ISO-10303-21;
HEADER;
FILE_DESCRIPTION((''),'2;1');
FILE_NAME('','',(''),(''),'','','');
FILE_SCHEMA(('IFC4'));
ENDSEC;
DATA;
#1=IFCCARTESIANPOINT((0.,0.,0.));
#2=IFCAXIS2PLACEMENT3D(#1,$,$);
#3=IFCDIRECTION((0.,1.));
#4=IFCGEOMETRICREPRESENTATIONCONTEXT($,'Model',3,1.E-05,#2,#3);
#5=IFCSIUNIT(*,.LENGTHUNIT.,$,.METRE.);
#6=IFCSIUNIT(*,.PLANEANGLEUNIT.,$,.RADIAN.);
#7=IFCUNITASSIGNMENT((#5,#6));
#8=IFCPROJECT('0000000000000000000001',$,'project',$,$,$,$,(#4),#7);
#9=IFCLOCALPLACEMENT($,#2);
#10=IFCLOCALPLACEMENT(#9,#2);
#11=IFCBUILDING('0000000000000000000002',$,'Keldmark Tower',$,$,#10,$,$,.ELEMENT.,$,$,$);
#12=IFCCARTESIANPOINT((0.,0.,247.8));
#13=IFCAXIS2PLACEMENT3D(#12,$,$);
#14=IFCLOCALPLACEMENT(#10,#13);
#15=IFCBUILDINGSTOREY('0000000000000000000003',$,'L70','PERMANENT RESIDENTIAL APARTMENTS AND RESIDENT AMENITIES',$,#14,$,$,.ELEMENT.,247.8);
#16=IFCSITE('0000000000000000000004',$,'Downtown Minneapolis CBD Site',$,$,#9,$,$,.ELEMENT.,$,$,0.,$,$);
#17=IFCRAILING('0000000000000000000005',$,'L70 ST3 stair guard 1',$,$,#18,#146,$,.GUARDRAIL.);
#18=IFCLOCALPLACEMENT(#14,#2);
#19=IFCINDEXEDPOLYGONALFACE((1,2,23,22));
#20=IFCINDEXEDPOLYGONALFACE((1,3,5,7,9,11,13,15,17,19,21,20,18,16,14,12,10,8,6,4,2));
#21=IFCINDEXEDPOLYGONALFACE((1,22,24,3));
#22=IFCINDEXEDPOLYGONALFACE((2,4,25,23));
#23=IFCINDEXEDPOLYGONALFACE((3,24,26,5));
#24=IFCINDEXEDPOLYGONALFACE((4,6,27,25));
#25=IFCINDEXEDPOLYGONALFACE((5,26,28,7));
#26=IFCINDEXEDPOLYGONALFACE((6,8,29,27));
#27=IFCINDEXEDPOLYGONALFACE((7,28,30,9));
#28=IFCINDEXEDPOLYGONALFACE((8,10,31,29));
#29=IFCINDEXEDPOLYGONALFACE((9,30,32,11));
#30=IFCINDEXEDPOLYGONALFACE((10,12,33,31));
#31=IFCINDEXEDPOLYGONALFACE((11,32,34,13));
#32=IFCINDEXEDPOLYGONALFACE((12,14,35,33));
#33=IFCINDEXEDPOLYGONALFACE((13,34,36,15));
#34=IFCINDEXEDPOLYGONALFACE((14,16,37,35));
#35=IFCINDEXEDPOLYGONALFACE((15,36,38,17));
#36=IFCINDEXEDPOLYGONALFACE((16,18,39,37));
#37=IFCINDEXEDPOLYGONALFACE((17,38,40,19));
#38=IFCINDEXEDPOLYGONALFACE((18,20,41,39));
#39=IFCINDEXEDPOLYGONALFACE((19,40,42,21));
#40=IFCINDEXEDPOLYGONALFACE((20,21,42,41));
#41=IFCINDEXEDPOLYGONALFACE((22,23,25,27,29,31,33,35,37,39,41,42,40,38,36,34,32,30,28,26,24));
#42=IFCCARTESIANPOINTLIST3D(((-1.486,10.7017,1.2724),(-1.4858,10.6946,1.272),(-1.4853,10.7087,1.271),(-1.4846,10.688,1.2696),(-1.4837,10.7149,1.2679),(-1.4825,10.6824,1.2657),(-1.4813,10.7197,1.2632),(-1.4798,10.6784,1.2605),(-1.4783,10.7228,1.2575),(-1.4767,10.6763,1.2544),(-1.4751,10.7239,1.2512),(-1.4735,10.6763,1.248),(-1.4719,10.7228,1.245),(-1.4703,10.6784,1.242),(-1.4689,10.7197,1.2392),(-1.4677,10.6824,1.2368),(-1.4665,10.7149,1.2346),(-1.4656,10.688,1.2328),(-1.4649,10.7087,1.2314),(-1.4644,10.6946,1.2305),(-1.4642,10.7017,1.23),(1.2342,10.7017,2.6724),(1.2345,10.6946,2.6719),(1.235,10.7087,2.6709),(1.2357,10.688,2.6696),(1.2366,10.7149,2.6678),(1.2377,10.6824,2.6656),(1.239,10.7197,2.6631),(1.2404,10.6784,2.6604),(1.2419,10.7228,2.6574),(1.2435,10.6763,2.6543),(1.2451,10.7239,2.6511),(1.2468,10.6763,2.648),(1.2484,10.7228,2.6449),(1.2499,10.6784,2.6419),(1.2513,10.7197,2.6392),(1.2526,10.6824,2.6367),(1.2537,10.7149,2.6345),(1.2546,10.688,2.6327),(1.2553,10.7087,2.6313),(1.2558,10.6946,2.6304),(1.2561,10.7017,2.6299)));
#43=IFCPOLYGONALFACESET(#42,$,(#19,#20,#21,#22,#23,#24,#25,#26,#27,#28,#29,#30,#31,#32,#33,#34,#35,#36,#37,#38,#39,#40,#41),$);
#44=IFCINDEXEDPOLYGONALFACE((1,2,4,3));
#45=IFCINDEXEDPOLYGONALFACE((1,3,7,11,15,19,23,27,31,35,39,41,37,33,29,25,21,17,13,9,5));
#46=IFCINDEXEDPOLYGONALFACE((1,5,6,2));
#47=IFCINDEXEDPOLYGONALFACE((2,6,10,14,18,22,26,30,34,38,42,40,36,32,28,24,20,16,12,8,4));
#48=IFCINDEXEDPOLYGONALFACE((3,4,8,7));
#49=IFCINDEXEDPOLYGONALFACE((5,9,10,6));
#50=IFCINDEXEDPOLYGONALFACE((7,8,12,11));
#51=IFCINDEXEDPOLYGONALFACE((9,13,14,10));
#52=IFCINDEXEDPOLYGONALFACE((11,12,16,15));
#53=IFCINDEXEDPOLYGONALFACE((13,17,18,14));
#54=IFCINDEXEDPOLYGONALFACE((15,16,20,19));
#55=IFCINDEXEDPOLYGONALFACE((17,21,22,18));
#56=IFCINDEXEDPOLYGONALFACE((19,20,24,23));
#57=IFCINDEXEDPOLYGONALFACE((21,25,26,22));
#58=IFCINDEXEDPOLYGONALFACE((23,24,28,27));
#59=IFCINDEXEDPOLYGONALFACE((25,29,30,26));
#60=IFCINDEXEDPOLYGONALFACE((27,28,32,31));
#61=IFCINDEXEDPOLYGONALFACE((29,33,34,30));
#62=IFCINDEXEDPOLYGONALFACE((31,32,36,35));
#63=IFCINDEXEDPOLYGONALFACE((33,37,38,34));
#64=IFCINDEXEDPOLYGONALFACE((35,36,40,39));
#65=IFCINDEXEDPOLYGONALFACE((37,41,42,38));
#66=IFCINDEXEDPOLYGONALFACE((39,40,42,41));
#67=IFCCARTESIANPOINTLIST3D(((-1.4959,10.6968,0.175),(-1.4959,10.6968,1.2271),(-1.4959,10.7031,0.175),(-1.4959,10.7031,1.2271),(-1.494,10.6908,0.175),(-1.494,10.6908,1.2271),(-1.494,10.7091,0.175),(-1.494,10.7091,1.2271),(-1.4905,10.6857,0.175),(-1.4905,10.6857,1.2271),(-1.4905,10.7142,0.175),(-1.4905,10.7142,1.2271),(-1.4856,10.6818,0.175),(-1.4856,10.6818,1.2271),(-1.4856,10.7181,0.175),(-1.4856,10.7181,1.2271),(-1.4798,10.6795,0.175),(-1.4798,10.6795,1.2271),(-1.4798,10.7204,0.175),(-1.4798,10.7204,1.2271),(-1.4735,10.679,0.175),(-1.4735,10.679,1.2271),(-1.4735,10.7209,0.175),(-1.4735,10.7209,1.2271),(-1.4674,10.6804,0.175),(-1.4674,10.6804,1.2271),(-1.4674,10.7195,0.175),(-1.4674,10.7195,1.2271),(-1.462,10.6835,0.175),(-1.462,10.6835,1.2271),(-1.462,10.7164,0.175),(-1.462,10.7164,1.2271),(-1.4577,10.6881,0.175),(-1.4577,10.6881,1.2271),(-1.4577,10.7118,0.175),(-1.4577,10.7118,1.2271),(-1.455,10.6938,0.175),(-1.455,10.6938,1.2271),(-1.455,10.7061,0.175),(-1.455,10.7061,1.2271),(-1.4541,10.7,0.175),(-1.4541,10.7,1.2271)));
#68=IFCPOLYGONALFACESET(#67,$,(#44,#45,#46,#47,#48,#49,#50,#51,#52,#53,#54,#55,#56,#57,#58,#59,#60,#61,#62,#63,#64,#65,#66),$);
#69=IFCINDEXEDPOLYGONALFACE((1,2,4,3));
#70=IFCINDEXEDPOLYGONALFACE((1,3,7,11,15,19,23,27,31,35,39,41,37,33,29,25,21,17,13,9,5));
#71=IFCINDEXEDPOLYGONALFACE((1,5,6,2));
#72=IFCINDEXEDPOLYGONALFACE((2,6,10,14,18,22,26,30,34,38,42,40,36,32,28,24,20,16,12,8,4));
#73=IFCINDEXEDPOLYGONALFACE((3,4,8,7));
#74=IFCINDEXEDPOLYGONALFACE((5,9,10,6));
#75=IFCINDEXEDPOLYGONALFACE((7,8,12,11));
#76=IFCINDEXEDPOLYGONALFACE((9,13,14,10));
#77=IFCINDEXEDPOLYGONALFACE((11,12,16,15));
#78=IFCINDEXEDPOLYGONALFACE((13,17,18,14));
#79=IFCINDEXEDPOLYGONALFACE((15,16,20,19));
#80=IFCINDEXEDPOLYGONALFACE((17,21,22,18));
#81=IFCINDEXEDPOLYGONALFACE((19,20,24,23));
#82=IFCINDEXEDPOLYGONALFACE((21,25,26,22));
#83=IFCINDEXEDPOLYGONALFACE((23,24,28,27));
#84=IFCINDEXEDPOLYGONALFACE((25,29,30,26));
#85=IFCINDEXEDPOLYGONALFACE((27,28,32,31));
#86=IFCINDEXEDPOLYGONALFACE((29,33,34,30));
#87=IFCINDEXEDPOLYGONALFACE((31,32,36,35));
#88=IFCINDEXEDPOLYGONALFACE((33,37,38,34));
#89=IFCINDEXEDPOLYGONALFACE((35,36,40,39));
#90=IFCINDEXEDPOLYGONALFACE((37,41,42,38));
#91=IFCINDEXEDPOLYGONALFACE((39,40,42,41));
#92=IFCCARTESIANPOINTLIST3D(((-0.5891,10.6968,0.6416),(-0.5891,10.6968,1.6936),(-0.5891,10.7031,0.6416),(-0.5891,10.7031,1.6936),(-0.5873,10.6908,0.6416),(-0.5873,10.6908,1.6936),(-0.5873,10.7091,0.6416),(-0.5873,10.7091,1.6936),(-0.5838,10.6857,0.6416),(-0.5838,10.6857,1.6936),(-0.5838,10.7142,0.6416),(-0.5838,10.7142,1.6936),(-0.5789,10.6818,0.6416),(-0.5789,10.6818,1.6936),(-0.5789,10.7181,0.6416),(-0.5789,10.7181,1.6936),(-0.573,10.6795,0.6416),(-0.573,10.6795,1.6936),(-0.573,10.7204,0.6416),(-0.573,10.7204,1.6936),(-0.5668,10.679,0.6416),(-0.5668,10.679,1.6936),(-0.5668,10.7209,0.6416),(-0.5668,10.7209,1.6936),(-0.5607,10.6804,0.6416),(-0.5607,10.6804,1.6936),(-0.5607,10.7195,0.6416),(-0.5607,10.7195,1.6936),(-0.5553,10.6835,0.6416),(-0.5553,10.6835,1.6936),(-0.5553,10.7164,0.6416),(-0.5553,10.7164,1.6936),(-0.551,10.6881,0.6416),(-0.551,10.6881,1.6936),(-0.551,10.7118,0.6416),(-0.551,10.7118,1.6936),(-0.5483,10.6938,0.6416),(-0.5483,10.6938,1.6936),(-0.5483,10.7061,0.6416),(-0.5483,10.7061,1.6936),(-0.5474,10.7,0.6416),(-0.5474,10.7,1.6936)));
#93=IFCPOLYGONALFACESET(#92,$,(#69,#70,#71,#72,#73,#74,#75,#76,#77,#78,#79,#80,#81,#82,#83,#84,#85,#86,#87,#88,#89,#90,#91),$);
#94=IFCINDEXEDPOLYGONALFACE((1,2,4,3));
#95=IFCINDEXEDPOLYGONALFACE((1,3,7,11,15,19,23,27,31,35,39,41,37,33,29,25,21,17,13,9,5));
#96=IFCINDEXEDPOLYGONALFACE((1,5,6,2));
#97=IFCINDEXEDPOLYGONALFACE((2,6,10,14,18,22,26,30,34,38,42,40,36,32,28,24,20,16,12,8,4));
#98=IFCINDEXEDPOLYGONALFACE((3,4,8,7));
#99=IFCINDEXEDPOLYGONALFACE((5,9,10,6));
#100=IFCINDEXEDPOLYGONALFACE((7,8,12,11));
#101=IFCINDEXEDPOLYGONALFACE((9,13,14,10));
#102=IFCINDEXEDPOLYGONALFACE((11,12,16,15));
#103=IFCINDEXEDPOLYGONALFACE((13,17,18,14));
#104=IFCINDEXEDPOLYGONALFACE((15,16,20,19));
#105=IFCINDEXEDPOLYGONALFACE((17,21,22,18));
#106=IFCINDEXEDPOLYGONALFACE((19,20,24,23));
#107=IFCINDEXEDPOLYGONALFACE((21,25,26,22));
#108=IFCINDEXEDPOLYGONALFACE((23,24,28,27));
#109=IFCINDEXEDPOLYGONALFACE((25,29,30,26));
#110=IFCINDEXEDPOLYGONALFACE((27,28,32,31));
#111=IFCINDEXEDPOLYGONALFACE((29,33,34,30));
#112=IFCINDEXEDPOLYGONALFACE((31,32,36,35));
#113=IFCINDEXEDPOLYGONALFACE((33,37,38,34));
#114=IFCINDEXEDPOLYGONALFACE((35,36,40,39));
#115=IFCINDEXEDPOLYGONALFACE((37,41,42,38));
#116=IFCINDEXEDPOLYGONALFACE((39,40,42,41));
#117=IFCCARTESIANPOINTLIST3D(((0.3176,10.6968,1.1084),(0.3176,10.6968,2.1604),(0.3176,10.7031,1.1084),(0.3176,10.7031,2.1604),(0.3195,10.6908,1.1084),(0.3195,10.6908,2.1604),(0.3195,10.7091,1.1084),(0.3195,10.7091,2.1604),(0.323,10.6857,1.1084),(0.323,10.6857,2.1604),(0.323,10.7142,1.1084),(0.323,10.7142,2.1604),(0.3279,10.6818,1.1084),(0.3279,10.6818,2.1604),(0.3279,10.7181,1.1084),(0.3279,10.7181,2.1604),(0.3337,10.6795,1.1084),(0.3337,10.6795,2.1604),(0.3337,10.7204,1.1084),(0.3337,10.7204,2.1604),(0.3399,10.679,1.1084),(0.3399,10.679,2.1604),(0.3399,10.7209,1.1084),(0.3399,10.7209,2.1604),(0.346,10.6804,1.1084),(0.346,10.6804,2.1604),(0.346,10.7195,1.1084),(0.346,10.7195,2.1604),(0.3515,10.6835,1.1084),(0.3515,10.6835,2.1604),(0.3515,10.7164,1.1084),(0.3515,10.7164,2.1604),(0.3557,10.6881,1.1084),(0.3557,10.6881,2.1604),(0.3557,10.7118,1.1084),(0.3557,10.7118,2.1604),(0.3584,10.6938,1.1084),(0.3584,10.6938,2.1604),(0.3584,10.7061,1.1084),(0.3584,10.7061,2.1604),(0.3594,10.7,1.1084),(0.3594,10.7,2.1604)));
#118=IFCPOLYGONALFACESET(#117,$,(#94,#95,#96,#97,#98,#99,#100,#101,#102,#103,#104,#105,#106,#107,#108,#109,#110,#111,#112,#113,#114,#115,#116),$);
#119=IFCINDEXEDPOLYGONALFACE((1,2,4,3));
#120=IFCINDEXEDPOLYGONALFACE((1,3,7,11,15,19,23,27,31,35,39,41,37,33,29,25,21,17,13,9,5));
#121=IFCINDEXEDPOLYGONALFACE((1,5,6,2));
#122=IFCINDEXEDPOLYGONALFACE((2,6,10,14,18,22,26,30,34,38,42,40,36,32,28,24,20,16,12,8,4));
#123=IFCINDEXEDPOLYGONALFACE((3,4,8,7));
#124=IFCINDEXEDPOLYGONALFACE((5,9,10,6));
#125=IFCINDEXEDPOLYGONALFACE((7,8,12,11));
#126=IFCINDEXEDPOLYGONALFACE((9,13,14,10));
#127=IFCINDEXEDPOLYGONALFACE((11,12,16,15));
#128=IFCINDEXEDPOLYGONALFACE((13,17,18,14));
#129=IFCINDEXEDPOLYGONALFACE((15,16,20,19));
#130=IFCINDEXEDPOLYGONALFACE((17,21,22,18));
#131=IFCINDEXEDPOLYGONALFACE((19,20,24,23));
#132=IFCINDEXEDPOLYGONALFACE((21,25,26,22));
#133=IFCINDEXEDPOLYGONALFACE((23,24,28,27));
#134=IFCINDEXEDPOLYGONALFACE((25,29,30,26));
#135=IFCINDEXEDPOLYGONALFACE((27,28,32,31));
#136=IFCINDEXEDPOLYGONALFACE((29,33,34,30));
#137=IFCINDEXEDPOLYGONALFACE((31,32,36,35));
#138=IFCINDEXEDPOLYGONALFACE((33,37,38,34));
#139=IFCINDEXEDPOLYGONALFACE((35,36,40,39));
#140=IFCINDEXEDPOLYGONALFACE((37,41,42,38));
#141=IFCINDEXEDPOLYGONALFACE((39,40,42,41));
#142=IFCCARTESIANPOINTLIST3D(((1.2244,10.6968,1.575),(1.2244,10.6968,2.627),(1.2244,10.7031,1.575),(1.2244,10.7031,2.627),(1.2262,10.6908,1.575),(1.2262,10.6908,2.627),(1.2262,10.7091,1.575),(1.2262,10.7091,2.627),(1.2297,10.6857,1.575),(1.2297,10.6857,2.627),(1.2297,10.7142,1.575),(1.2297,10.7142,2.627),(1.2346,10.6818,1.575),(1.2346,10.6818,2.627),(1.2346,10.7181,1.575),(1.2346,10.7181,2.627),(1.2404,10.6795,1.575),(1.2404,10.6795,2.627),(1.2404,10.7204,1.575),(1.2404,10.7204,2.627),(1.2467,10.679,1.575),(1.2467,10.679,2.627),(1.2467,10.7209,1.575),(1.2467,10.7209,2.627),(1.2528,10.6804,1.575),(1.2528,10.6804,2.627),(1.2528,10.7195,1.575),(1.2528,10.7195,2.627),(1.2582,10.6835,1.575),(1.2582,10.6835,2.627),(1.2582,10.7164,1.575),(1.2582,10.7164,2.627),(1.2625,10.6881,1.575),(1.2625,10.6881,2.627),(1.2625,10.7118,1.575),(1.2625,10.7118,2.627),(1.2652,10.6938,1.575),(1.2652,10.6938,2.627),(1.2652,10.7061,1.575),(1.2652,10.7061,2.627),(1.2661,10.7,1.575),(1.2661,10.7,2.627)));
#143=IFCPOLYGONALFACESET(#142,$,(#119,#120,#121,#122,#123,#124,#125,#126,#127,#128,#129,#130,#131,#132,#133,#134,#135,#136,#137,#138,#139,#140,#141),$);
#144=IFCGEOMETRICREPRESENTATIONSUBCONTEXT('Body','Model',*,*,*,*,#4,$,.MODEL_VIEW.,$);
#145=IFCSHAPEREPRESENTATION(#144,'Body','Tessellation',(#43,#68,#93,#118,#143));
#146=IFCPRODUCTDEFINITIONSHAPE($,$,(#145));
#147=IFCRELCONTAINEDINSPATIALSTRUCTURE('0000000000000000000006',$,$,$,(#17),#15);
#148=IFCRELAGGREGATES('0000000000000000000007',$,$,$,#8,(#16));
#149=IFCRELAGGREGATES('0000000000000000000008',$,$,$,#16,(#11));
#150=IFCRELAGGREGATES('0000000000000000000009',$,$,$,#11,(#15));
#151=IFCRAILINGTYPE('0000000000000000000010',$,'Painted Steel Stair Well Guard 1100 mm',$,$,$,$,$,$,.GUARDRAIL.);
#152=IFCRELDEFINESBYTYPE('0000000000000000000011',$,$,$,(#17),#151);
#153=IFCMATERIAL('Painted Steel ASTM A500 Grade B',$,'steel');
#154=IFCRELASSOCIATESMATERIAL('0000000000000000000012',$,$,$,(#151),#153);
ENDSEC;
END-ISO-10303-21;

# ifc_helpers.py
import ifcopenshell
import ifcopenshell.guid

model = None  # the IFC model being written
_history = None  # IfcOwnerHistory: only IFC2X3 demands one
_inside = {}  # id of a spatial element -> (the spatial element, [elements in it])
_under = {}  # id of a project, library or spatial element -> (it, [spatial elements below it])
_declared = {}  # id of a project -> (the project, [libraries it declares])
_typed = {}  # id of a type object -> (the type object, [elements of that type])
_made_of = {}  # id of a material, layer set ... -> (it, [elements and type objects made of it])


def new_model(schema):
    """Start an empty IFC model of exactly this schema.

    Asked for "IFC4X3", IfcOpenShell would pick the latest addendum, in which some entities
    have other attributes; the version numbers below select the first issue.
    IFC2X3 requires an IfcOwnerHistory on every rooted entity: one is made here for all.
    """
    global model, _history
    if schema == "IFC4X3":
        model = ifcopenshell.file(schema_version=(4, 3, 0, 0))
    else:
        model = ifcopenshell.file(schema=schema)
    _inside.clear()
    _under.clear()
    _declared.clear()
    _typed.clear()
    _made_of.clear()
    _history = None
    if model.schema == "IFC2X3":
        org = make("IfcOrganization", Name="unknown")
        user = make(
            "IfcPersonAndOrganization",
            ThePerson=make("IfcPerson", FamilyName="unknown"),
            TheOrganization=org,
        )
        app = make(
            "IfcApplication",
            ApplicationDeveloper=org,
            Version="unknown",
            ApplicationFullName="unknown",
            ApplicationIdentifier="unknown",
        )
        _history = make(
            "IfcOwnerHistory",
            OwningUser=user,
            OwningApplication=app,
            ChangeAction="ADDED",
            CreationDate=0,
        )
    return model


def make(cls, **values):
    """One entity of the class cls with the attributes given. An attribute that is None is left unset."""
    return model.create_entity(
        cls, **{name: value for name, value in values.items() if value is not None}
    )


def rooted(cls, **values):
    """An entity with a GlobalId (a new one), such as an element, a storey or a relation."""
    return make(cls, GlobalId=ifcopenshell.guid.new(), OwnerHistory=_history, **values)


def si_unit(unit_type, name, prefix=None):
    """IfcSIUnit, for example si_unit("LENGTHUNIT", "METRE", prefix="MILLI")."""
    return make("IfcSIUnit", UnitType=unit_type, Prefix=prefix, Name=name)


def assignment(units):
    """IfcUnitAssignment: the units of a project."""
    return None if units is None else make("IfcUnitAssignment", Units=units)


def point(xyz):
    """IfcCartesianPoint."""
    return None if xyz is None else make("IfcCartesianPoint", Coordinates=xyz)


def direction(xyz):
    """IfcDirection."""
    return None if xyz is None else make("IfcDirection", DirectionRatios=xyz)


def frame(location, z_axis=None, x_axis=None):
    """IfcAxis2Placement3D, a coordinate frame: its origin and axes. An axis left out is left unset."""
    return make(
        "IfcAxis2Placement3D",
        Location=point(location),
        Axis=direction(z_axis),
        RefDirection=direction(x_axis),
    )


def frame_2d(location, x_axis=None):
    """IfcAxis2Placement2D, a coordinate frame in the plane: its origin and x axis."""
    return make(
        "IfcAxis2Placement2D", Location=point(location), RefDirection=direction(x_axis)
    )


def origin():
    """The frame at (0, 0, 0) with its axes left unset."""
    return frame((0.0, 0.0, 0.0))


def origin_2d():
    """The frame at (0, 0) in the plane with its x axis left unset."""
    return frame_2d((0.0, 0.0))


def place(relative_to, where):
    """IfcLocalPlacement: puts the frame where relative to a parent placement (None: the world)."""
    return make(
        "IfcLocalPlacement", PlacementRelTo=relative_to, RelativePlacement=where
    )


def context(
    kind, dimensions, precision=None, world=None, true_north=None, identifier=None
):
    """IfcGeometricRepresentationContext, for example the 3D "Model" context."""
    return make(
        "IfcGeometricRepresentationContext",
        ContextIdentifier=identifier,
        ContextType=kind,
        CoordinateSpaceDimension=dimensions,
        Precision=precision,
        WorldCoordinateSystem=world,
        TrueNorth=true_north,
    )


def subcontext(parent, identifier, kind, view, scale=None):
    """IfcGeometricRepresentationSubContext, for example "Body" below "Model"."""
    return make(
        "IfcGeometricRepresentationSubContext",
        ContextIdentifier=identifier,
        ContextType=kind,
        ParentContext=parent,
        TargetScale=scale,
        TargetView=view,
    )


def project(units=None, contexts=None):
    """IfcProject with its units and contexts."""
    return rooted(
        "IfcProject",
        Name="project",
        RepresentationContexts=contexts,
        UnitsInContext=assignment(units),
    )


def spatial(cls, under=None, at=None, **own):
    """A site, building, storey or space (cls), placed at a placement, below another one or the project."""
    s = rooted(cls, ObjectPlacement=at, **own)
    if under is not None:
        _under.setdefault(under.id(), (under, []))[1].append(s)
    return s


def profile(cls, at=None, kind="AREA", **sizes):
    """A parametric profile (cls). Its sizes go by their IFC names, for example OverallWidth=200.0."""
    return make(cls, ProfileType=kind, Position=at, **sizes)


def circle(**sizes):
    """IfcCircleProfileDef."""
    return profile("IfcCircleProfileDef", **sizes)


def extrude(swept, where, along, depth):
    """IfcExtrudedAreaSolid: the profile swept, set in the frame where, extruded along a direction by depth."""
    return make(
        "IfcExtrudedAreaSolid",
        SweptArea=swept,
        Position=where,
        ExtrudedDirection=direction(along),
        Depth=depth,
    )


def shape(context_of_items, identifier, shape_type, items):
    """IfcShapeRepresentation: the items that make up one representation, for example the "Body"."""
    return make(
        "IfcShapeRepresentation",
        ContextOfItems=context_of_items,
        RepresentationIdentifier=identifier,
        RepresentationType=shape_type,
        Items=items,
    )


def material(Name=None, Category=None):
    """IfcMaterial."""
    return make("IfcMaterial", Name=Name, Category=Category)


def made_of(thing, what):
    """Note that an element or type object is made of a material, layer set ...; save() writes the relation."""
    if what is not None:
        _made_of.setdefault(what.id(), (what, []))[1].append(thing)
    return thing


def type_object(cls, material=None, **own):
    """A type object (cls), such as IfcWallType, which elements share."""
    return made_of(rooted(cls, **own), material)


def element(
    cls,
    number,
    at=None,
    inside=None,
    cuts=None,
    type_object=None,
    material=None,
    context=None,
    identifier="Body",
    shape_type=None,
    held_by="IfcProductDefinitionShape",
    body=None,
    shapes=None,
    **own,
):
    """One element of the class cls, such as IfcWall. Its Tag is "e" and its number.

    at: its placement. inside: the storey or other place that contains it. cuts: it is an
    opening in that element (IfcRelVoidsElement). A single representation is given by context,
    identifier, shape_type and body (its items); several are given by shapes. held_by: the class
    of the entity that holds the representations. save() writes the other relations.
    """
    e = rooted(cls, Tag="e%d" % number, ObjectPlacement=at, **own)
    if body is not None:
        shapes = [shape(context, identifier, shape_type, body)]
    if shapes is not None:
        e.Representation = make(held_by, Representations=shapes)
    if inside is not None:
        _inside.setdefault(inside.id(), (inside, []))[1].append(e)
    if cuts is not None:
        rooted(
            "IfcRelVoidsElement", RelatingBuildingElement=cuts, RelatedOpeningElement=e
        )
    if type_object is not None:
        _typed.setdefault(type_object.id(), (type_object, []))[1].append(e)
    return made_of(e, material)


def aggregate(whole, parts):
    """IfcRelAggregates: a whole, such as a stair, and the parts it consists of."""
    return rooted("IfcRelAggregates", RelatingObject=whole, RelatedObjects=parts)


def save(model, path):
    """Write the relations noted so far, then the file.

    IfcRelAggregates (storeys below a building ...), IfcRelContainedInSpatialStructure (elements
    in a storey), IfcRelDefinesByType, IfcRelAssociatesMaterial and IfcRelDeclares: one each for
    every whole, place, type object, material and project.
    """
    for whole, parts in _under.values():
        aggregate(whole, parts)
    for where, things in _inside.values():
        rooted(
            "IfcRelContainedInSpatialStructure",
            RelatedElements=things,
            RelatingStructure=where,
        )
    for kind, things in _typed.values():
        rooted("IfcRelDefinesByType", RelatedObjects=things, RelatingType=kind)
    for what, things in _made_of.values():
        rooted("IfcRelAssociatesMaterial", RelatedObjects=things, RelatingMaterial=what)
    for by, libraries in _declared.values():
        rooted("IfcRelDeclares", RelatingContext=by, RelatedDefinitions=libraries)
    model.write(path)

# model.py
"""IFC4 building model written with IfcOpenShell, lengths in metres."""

from ifc_helpers import new_model, si_unit, direction, frame, origin, origin_2d, place, context, subcontext, project, spatial, circle, extrude, material, type_object, element, save


model = new_model("IFC4")

# Units and contexts
model_context = context("Model", 3, precision=1e-05, world=origin(), true_north=direction((0.0, 1.0)))
body_context = subcontext(model_context, "Body", "Model", "MODEL_VIEW")
ifc_project = project(units=[si_unit("LENGTHUNIT", "METRE"), si_unit("PLANEANGLEUNIT", "RADIAN")], contexts=[model_context])

# Site, building, storey
site_placement = place(None, origin())
site = spatial("IfcSite", under=ifc_project, at=site_placement, Name="Downtown Minneapolis CBD Site", CompositionType="ELEMENT", RefElevation=0.0)
building_placement = place(site_placement, origin())
building = spatial("IfcBuilding", under=site, at=building_placement, Name="Keldmark Tower", CompositionType="ELEMENT")
storey_placement = place(building_placement, frame((0.0, 0.0, 247.8)))
storey = spatial("IfcBuildingStorey", under=building, at=storey_placement, Name="L70", Description="PERMANENT RESIDENTIAL APARTMENTS AND RESIDENT AMENITIES", CompositionType="ELEMENT", Elevation=247.8)

# Railing
ifc_material_1 = material(Name="Painted Steel ASTM A500 Grade B", Category="steel")
railing_type_1 = type_object("IfcRailingType", Name="Painted Steel Stair Well Guard 1100 mm", PredefinedType="GUARDRAIL", material=ifc_material_1)
railing_1_placement = place(storey_placement, frame((-1.4751, 10.7, 0.175)))
element("IfcRailing", 1, at=railing_1_placement, inside=storey, type_object=railing_type_1, Name="L70 ST3 stair guard 1", PredefinedType="GUARDRAIL", context=body_context, shape_type="SweptSolid", body=[
    extrude(circle(Radius=0.0239, at=origin_2d()), frame((0.0, 0.0, 1.0762), z_axis=(0.889164, 0.0, 0.45759), x_axis=(0.0, 1.0, 0.0)), (0.0, 0.0, 1.0), 3.0593),
    extrude(circle(Radius=0.021, at=origin_2d()), origin(), (0.0, 0.0, 1.0), 1.052),
    extrude(circle(Radius=0.021, at=origin_2d()), frame((0.9067, 0.0, 0.4666)), (0.0, 0.0, 1.0), 1.052),
    extrude(circle(Radius=0.021, at=origin_2d()), frame((1.8135, 0.0, 0.9333)), (0.0, 0.0, 1.0), 1.052),
    extrude(circle(Radius=0.021, at=origin_2d()), frame((2.7202, 0.0, 1.3999)), (0.0, 0.0, 1.0), 1.052),
])

save(model, "model.ifc")
